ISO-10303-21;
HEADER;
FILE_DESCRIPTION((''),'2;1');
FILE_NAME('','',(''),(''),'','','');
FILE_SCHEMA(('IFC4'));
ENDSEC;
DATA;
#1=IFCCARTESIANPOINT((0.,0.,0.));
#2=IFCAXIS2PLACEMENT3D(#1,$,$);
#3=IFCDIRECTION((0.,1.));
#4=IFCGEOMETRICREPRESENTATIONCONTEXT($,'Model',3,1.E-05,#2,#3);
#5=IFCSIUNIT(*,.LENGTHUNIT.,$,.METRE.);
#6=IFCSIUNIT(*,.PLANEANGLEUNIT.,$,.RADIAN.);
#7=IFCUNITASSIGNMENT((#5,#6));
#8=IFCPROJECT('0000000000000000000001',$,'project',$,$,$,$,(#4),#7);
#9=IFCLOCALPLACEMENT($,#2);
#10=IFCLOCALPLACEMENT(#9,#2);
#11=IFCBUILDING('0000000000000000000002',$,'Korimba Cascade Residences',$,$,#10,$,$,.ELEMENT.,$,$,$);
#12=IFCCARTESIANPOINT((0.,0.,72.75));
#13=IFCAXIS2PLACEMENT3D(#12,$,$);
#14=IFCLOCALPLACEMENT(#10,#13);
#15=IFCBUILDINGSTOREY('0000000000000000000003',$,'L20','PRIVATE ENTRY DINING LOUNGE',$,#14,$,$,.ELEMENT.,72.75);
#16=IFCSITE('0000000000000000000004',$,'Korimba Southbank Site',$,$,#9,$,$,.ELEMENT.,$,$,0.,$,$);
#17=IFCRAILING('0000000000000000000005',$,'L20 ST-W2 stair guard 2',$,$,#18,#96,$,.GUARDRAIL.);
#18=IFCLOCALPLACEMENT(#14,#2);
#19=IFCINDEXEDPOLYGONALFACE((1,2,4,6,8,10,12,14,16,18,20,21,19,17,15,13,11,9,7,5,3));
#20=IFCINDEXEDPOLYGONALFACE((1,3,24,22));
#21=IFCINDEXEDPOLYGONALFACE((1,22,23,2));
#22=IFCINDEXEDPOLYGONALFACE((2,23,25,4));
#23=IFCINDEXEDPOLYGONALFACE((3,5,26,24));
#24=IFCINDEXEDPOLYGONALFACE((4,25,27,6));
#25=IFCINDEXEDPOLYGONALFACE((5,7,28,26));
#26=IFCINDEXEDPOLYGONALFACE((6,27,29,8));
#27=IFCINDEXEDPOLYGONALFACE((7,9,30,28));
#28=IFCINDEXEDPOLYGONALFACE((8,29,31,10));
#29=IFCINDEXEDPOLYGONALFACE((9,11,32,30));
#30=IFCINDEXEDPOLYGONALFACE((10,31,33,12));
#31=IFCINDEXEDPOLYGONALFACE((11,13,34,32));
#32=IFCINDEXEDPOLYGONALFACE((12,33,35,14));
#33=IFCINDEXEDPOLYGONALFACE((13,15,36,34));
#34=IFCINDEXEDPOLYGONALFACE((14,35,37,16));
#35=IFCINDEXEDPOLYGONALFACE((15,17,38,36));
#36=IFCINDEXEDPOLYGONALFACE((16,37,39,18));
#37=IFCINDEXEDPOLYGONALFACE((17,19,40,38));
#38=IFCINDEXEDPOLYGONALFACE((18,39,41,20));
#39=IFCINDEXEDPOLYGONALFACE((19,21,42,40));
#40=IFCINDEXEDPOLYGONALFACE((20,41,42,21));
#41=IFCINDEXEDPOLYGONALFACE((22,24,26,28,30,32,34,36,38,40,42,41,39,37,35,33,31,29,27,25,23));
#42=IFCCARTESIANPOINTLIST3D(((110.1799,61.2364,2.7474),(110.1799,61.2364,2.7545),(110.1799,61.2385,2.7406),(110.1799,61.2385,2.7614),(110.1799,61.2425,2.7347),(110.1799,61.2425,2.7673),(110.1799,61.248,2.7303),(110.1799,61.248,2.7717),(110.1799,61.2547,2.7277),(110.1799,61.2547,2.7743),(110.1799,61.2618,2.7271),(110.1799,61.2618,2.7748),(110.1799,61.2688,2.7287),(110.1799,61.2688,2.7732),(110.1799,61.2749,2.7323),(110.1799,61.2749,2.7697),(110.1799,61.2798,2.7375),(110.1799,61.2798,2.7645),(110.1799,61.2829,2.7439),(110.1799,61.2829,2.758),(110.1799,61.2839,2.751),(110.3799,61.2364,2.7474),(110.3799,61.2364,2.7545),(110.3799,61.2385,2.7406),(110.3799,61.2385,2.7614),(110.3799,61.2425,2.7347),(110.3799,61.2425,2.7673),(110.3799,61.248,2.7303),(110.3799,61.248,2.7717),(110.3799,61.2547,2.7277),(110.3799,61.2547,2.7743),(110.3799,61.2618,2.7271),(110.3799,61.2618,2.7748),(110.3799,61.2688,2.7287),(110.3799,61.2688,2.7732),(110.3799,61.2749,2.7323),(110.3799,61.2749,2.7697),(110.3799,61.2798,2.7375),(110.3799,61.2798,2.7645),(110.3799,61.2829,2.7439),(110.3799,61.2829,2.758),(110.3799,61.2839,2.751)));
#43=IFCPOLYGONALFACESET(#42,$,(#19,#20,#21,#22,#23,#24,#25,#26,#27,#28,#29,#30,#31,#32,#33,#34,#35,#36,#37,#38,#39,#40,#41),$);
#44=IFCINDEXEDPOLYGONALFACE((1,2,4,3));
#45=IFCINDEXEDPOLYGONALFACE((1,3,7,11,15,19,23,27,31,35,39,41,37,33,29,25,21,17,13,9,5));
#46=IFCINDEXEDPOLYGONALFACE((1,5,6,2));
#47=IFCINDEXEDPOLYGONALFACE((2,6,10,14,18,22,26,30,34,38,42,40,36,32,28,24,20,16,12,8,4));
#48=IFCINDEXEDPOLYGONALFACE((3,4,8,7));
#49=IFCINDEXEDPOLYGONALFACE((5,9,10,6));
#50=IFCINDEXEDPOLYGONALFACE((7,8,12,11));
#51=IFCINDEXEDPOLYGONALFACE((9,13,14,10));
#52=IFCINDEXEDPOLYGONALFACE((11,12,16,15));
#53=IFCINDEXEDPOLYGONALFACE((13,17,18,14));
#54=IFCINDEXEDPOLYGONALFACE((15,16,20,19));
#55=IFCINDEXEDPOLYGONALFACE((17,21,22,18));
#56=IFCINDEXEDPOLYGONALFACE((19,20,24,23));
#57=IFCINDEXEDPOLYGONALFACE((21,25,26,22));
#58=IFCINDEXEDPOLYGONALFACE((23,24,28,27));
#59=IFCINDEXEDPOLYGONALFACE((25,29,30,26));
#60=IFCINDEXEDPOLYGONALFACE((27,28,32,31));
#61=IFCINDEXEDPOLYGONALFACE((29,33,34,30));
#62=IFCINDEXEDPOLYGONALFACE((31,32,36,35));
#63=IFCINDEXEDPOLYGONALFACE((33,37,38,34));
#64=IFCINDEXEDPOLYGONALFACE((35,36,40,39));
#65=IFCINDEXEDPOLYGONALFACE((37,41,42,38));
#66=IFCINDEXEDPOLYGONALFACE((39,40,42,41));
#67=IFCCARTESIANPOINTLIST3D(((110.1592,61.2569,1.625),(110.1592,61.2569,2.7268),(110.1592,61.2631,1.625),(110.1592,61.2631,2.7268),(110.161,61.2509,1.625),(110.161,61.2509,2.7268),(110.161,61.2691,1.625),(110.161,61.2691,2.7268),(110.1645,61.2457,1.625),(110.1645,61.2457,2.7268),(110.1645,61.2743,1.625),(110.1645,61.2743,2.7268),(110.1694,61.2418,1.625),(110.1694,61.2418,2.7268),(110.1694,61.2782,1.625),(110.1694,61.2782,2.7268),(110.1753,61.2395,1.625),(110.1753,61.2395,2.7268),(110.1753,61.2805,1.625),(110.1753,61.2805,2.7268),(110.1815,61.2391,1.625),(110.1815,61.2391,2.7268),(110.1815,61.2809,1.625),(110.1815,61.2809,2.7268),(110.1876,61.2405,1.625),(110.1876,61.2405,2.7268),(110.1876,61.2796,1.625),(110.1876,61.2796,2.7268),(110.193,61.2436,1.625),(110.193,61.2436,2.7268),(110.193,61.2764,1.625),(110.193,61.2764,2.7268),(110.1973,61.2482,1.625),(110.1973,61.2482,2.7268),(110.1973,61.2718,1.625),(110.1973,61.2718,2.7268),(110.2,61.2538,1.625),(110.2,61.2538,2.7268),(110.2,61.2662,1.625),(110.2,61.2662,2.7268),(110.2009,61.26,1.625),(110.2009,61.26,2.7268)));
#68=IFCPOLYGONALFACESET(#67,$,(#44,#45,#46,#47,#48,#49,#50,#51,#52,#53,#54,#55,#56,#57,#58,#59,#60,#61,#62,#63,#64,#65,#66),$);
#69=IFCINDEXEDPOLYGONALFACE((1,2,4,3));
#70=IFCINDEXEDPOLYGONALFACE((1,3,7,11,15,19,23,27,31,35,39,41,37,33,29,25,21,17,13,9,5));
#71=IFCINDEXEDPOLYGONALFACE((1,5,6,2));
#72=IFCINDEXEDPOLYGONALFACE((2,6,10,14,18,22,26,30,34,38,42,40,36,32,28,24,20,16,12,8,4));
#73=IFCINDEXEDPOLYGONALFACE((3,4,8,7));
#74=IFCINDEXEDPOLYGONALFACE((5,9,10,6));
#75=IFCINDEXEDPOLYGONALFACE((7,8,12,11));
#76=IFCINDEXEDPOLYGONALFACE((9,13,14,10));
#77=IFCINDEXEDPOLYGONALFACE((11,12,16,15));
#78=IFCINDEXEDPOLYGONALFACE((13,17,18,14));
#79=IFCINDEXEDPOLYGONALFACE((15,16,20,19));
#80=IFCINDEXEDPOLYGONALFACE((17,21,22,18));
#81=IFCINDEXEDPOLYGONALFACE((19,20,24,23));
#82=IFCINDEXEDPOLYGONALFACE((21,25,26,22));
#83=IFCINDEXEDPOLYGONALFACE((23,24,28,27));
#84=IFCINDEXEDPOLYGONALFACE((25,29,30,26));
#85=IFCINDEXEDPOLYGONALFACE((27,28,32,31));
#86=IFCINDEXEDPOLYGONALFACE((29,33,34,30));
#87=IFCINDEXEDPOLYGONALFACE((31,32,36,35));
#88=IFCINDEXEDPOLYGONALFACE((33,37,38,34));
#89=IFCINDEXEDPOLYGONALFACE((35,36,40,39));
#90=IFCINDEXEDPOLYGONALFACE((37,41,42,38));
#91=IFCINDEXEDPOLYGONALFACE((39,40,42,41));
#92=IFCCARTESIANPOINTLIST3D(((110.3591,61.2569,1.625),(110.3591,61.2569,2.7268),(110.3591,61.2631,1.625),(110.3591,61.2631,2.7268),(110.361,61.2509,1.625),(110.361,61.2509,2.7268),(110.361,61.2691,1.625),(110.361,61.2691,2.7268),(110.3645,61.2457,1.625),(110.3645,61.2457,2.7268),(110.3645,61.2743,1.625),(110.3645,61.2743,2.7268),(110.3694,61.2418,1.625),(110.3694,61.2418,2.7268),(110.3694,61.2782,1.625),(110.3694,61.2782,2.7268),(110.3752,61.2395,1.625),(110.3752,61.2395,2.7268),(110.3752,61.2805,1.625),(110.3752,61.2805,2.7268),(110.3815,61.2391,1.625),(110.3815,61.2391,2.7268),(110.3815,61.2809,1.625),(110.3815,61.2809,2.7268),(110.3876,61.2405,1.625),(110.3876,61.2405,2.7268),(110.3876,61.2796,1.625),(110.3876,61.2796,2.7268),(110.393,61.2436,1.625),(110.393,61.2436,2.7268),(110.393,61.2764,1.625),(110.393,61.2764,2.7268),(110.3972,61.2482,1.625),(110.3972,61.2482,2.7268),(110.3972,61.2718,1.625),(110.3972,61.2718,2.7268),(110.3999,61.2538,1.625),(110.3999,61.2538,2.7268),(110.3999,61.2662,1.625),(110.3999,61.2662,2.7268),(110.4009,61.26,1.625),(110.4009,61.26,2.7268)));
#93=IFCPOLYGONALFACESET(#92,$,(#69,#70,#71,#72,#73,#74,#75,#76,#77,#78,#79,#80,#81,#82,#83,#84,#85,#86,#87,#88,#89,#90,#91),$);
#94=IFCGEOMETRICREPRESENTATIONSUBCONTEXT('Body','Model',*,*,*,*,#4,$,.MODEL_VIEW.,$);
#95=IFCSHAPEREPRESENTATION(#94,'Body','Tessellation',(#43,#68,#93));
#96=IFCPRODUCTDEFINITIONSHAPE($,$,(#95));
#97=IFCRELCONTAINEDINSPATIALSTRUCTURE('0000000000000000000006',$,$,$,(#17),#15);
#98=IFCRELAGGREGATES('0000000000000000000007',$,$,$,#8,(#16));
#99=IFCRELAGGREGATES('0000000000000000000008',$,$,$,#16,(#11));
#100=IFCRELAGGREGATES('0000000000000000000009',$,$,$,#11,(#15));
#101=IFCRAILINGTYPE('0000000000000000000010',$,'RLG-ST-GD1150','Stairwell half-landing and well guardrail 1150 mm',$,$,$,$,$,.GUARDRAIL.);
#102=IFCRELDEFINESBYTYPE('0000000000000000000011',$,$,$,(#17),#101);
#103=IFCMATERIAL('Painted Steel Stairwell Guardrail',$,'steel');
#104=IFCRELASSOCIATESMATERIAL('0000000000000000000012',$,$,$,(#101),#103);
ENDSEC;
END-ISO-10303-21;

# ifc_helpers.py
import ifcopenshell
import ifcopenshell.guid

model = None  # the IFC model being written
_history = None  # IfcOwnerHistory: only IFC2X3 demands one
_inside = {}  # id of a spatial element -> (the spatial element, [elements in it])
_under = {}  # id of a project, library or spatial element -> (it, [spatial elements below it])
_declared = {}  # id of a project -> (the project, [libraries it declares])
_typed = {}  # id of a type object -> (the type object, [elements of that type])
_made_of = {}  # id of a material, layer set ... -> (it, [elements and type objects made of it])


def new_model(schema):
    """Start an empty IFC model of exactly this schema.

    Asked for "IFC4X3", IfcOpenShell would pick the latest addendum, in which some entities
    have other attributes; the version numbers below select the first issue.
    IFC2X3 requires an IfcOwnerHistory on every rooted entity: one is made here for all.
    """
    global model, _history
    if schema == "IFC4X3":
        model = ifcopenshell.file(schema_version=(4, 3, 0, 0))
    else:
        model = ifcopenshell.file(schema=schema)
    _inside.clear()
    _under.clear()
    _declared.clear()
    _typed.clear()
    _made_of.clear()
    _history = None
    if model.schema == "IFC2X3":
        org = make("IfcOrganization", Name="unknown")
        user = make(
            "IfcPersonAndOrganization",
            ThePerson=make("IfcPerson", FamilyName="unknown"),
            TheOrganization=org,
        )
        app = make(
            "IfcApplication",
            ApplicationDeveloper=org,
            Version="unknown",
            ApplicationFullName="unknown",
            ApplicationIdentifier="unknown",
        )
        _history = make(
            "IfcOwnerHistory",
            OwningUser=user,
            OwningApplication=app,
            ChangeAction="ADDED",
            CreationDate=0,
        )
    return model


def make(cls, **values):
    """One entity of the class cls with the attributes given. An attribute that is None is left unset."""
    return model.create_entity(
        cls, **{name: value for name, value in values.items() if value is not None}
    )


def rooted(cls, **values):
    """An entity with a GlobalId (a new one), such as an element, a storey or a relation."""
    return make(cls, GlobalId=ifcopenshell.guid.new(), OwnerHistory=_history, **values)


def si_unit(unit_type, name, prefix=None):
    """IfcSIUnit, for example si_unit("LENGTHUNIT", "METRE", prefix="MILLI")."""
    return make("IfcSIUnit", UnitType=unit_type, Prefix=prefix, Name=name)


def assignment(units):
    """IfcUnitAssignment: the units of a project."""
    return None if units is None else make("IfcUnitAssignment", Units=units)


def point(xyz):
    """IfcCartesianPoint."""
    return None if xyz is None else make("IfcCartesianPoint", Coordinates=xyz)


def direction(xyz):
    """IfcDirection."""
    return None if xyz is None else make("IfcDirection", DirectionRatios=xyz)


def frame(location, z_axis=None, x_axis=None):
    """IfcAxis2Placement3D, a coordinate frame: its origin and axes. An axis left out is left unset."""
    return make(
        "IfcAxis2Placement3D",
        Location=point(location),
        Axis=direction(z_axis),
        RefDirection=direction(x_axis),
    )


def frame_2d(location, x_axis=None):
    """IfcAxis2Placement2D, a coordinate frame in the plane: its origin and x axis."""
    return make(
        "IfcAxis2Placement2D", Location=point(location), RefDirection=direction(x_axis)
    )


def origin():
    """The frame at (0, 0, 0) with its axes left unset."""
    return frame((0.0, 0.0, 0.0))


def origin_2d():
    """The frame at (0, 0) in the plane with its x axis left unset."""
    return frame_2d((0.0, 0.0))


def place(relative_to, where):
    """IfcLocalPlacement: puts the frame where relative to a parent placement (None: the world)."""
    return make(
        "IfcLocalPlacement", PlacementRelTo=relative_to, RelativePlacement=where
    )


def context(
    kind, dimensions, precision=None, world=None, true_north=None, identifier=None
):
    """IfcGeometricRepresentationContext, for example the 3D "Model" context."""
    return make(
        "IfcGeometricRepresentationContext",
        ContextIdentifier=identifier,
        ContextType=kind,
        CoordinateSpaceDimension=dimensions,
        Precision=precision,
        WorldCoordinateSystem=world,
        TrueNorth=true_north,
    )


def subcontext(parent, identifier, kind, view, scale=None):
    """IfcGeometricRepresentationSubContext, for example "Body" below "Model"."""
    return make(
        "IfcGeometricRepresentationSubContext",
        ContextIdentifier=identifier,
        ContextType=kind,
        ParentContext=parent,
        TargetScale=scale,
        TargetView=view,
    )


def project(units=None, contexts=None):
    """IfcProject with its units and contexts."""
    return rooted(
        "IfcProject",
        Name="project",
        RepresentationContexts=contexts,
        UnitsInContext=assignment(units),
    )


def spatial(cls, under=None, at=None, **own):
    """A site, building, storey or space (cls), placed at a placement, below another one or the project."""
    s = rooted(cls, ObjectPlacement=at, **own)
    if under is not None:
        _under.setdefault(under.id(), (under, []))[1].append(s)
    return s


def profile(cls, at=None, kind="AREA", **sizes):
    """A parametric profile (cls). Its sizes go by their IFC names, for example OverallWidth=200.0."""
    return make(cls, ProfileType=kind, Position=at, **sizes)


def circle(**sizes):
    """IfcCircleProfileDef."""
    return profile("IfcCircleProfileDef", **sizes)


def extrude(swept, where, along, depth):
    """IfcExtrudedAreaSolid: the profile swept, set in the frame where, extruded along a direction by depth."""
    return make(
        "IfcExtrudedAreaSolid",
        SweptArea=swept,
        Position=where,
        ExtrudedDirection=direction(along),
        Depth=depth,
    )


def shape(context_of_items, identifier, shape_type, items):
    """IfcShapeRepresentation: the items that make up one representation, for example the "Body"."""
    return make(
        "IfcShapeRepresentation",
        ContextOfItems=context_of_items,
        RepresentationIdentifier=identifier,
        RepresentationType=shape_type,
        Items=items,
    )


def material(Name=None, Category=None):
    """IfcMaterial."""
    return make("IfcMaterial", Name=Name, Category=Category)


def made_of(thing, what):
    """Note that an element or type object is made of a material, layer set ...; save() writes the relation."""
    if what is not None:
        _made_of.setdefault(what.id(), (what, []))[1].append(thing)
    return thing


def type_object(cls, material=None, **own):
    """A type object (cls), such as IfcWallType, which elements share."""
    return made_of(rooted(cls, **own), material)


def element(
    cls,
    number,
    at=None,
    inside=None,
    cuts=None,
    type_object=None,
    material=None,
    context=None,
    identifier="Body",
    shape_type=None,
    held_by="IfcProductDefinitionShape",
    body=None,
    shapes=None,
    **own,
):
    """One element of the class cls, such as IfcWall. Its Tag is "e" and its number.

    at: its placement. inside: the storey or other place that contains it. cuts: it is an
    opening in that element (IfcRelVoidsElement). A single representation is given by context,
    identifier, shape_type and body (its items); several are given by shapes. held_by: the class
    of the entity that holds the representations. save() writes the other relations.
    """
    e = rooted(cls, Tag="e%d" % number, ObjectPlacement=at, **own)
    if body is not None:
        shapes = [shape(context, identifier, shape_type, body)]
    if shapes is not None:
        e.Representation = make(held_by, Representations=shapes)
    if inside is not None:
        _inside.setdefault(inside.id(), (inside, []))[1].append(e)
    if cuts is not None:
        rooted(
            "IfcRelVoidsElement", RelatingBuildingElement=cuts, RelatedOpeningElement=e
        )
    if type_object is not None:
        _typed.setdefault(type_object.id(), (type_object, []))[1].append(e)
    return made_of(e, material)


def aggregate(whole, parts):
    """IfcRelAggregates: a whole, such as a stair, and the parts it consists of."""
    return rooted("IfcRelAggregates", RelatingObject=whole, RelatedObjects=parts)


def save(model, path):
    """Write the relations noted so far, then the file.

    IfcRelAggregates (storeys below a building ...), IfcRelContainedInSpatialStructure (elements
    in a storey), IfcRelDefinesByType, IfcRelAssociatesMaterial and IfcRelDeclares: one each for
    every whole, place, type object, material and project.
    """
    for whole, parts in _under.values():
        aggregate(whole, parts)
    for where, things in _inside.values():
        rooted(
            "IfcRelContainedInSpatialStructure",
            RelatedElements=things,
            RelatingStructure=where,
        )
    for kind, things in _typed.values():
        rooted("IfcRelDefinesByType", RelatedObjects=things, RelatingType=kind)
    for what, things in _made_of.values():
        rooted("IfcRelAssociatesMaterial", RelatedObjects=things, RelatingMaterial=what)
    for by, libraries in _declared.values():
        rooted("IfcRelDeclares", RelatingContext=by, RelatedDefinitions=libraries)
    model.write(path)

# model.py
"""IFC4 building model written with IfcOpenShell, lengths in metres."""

from ifc_helpers import new_model, si_unit, direction, frame, origin, origin_2d, place, context, subcontext, project, spatial, circle, extrude, material, type_object, element, save


model = new_model("IFC4")

# Units and contexts
model_context = context("Model", 3, precision=1e-05, world=origin(), true_north=direction((0.0, 1.0)))
body_context = subcontext(model_context, "Body", "Model", "MODEL_VIEW")
ifc_project = project(units=[si_unit("LENGTHUNIT", "METRE"), si_unit("PLANEANGLEUNIT", "RADIAN")], contexts=[model_context])

# Site, building, storey
site_placement = place(None, origin())
site = spatial("IfcSite", under=ifc_project, at=site_placement, Name="Korimba Southbank Site", CompositionType="ELEMENT", RefElevation=0.0)
building_placement = place(site_placement, origin())
building = spatial("IfcBuilding", under=site, at=building_placement, Name="Korimba Cascade Residences", CompositionType="ELEMENT")
storey_placement = place(building_placement, frame((0.0, 0.0, 72.75)))
storey = spatial("IfcBuildingStorey", under=building, at=storey_placement, Name="L20", Description="PRIVATE ENTRY DINING LOUNGE", CompositionType="ELEMENT", Elevation=72.75)

# Railing
ifc_material_1 = material(Name="Painted Steel Stairwell Guardrail", Category="steel")
railing_type_1 = type_object("IfcRailingType", Name="RLG-ST-GD1150", Description="Stairwell half-landing and well guardrail 1150 mm", PredefinedType="GUARDRAIL", material=ifc_material_1)
railing_1_placement = place(storey_placement, frame((110.1799, 61.26, 1.625)))
element("IfcRailing", 1, at=railing_1_placement, inside=storey, type_object=railing_type_1, Name="L20 ST-W2 stair guard 2", PredefinedType="GUARDRAIL", context=body_context, shape_type="SweptSolid", body=[
    extrude(circle(Radius=0.0239, at=origin_2d()), frame((0.0, 0.0, 1.126), z_axis=(1.0, 0.0, 0.0), x_axis=(0.0, 1.0, 0.0)), (0.0, 0.0, 1.0), 0.2),
    extrude(circle(Radius=0.021, at=origin_2d()), origin(), (0.0, 0.0, 1.0), 1.1018),
    extrude(circle(Radius=0.021, at=origin_2d()), frame((0.2, 0.0, 0.0)), (0.0, 0.0, 1.0), 1.1018),
])

save(model, "model.ifc")
